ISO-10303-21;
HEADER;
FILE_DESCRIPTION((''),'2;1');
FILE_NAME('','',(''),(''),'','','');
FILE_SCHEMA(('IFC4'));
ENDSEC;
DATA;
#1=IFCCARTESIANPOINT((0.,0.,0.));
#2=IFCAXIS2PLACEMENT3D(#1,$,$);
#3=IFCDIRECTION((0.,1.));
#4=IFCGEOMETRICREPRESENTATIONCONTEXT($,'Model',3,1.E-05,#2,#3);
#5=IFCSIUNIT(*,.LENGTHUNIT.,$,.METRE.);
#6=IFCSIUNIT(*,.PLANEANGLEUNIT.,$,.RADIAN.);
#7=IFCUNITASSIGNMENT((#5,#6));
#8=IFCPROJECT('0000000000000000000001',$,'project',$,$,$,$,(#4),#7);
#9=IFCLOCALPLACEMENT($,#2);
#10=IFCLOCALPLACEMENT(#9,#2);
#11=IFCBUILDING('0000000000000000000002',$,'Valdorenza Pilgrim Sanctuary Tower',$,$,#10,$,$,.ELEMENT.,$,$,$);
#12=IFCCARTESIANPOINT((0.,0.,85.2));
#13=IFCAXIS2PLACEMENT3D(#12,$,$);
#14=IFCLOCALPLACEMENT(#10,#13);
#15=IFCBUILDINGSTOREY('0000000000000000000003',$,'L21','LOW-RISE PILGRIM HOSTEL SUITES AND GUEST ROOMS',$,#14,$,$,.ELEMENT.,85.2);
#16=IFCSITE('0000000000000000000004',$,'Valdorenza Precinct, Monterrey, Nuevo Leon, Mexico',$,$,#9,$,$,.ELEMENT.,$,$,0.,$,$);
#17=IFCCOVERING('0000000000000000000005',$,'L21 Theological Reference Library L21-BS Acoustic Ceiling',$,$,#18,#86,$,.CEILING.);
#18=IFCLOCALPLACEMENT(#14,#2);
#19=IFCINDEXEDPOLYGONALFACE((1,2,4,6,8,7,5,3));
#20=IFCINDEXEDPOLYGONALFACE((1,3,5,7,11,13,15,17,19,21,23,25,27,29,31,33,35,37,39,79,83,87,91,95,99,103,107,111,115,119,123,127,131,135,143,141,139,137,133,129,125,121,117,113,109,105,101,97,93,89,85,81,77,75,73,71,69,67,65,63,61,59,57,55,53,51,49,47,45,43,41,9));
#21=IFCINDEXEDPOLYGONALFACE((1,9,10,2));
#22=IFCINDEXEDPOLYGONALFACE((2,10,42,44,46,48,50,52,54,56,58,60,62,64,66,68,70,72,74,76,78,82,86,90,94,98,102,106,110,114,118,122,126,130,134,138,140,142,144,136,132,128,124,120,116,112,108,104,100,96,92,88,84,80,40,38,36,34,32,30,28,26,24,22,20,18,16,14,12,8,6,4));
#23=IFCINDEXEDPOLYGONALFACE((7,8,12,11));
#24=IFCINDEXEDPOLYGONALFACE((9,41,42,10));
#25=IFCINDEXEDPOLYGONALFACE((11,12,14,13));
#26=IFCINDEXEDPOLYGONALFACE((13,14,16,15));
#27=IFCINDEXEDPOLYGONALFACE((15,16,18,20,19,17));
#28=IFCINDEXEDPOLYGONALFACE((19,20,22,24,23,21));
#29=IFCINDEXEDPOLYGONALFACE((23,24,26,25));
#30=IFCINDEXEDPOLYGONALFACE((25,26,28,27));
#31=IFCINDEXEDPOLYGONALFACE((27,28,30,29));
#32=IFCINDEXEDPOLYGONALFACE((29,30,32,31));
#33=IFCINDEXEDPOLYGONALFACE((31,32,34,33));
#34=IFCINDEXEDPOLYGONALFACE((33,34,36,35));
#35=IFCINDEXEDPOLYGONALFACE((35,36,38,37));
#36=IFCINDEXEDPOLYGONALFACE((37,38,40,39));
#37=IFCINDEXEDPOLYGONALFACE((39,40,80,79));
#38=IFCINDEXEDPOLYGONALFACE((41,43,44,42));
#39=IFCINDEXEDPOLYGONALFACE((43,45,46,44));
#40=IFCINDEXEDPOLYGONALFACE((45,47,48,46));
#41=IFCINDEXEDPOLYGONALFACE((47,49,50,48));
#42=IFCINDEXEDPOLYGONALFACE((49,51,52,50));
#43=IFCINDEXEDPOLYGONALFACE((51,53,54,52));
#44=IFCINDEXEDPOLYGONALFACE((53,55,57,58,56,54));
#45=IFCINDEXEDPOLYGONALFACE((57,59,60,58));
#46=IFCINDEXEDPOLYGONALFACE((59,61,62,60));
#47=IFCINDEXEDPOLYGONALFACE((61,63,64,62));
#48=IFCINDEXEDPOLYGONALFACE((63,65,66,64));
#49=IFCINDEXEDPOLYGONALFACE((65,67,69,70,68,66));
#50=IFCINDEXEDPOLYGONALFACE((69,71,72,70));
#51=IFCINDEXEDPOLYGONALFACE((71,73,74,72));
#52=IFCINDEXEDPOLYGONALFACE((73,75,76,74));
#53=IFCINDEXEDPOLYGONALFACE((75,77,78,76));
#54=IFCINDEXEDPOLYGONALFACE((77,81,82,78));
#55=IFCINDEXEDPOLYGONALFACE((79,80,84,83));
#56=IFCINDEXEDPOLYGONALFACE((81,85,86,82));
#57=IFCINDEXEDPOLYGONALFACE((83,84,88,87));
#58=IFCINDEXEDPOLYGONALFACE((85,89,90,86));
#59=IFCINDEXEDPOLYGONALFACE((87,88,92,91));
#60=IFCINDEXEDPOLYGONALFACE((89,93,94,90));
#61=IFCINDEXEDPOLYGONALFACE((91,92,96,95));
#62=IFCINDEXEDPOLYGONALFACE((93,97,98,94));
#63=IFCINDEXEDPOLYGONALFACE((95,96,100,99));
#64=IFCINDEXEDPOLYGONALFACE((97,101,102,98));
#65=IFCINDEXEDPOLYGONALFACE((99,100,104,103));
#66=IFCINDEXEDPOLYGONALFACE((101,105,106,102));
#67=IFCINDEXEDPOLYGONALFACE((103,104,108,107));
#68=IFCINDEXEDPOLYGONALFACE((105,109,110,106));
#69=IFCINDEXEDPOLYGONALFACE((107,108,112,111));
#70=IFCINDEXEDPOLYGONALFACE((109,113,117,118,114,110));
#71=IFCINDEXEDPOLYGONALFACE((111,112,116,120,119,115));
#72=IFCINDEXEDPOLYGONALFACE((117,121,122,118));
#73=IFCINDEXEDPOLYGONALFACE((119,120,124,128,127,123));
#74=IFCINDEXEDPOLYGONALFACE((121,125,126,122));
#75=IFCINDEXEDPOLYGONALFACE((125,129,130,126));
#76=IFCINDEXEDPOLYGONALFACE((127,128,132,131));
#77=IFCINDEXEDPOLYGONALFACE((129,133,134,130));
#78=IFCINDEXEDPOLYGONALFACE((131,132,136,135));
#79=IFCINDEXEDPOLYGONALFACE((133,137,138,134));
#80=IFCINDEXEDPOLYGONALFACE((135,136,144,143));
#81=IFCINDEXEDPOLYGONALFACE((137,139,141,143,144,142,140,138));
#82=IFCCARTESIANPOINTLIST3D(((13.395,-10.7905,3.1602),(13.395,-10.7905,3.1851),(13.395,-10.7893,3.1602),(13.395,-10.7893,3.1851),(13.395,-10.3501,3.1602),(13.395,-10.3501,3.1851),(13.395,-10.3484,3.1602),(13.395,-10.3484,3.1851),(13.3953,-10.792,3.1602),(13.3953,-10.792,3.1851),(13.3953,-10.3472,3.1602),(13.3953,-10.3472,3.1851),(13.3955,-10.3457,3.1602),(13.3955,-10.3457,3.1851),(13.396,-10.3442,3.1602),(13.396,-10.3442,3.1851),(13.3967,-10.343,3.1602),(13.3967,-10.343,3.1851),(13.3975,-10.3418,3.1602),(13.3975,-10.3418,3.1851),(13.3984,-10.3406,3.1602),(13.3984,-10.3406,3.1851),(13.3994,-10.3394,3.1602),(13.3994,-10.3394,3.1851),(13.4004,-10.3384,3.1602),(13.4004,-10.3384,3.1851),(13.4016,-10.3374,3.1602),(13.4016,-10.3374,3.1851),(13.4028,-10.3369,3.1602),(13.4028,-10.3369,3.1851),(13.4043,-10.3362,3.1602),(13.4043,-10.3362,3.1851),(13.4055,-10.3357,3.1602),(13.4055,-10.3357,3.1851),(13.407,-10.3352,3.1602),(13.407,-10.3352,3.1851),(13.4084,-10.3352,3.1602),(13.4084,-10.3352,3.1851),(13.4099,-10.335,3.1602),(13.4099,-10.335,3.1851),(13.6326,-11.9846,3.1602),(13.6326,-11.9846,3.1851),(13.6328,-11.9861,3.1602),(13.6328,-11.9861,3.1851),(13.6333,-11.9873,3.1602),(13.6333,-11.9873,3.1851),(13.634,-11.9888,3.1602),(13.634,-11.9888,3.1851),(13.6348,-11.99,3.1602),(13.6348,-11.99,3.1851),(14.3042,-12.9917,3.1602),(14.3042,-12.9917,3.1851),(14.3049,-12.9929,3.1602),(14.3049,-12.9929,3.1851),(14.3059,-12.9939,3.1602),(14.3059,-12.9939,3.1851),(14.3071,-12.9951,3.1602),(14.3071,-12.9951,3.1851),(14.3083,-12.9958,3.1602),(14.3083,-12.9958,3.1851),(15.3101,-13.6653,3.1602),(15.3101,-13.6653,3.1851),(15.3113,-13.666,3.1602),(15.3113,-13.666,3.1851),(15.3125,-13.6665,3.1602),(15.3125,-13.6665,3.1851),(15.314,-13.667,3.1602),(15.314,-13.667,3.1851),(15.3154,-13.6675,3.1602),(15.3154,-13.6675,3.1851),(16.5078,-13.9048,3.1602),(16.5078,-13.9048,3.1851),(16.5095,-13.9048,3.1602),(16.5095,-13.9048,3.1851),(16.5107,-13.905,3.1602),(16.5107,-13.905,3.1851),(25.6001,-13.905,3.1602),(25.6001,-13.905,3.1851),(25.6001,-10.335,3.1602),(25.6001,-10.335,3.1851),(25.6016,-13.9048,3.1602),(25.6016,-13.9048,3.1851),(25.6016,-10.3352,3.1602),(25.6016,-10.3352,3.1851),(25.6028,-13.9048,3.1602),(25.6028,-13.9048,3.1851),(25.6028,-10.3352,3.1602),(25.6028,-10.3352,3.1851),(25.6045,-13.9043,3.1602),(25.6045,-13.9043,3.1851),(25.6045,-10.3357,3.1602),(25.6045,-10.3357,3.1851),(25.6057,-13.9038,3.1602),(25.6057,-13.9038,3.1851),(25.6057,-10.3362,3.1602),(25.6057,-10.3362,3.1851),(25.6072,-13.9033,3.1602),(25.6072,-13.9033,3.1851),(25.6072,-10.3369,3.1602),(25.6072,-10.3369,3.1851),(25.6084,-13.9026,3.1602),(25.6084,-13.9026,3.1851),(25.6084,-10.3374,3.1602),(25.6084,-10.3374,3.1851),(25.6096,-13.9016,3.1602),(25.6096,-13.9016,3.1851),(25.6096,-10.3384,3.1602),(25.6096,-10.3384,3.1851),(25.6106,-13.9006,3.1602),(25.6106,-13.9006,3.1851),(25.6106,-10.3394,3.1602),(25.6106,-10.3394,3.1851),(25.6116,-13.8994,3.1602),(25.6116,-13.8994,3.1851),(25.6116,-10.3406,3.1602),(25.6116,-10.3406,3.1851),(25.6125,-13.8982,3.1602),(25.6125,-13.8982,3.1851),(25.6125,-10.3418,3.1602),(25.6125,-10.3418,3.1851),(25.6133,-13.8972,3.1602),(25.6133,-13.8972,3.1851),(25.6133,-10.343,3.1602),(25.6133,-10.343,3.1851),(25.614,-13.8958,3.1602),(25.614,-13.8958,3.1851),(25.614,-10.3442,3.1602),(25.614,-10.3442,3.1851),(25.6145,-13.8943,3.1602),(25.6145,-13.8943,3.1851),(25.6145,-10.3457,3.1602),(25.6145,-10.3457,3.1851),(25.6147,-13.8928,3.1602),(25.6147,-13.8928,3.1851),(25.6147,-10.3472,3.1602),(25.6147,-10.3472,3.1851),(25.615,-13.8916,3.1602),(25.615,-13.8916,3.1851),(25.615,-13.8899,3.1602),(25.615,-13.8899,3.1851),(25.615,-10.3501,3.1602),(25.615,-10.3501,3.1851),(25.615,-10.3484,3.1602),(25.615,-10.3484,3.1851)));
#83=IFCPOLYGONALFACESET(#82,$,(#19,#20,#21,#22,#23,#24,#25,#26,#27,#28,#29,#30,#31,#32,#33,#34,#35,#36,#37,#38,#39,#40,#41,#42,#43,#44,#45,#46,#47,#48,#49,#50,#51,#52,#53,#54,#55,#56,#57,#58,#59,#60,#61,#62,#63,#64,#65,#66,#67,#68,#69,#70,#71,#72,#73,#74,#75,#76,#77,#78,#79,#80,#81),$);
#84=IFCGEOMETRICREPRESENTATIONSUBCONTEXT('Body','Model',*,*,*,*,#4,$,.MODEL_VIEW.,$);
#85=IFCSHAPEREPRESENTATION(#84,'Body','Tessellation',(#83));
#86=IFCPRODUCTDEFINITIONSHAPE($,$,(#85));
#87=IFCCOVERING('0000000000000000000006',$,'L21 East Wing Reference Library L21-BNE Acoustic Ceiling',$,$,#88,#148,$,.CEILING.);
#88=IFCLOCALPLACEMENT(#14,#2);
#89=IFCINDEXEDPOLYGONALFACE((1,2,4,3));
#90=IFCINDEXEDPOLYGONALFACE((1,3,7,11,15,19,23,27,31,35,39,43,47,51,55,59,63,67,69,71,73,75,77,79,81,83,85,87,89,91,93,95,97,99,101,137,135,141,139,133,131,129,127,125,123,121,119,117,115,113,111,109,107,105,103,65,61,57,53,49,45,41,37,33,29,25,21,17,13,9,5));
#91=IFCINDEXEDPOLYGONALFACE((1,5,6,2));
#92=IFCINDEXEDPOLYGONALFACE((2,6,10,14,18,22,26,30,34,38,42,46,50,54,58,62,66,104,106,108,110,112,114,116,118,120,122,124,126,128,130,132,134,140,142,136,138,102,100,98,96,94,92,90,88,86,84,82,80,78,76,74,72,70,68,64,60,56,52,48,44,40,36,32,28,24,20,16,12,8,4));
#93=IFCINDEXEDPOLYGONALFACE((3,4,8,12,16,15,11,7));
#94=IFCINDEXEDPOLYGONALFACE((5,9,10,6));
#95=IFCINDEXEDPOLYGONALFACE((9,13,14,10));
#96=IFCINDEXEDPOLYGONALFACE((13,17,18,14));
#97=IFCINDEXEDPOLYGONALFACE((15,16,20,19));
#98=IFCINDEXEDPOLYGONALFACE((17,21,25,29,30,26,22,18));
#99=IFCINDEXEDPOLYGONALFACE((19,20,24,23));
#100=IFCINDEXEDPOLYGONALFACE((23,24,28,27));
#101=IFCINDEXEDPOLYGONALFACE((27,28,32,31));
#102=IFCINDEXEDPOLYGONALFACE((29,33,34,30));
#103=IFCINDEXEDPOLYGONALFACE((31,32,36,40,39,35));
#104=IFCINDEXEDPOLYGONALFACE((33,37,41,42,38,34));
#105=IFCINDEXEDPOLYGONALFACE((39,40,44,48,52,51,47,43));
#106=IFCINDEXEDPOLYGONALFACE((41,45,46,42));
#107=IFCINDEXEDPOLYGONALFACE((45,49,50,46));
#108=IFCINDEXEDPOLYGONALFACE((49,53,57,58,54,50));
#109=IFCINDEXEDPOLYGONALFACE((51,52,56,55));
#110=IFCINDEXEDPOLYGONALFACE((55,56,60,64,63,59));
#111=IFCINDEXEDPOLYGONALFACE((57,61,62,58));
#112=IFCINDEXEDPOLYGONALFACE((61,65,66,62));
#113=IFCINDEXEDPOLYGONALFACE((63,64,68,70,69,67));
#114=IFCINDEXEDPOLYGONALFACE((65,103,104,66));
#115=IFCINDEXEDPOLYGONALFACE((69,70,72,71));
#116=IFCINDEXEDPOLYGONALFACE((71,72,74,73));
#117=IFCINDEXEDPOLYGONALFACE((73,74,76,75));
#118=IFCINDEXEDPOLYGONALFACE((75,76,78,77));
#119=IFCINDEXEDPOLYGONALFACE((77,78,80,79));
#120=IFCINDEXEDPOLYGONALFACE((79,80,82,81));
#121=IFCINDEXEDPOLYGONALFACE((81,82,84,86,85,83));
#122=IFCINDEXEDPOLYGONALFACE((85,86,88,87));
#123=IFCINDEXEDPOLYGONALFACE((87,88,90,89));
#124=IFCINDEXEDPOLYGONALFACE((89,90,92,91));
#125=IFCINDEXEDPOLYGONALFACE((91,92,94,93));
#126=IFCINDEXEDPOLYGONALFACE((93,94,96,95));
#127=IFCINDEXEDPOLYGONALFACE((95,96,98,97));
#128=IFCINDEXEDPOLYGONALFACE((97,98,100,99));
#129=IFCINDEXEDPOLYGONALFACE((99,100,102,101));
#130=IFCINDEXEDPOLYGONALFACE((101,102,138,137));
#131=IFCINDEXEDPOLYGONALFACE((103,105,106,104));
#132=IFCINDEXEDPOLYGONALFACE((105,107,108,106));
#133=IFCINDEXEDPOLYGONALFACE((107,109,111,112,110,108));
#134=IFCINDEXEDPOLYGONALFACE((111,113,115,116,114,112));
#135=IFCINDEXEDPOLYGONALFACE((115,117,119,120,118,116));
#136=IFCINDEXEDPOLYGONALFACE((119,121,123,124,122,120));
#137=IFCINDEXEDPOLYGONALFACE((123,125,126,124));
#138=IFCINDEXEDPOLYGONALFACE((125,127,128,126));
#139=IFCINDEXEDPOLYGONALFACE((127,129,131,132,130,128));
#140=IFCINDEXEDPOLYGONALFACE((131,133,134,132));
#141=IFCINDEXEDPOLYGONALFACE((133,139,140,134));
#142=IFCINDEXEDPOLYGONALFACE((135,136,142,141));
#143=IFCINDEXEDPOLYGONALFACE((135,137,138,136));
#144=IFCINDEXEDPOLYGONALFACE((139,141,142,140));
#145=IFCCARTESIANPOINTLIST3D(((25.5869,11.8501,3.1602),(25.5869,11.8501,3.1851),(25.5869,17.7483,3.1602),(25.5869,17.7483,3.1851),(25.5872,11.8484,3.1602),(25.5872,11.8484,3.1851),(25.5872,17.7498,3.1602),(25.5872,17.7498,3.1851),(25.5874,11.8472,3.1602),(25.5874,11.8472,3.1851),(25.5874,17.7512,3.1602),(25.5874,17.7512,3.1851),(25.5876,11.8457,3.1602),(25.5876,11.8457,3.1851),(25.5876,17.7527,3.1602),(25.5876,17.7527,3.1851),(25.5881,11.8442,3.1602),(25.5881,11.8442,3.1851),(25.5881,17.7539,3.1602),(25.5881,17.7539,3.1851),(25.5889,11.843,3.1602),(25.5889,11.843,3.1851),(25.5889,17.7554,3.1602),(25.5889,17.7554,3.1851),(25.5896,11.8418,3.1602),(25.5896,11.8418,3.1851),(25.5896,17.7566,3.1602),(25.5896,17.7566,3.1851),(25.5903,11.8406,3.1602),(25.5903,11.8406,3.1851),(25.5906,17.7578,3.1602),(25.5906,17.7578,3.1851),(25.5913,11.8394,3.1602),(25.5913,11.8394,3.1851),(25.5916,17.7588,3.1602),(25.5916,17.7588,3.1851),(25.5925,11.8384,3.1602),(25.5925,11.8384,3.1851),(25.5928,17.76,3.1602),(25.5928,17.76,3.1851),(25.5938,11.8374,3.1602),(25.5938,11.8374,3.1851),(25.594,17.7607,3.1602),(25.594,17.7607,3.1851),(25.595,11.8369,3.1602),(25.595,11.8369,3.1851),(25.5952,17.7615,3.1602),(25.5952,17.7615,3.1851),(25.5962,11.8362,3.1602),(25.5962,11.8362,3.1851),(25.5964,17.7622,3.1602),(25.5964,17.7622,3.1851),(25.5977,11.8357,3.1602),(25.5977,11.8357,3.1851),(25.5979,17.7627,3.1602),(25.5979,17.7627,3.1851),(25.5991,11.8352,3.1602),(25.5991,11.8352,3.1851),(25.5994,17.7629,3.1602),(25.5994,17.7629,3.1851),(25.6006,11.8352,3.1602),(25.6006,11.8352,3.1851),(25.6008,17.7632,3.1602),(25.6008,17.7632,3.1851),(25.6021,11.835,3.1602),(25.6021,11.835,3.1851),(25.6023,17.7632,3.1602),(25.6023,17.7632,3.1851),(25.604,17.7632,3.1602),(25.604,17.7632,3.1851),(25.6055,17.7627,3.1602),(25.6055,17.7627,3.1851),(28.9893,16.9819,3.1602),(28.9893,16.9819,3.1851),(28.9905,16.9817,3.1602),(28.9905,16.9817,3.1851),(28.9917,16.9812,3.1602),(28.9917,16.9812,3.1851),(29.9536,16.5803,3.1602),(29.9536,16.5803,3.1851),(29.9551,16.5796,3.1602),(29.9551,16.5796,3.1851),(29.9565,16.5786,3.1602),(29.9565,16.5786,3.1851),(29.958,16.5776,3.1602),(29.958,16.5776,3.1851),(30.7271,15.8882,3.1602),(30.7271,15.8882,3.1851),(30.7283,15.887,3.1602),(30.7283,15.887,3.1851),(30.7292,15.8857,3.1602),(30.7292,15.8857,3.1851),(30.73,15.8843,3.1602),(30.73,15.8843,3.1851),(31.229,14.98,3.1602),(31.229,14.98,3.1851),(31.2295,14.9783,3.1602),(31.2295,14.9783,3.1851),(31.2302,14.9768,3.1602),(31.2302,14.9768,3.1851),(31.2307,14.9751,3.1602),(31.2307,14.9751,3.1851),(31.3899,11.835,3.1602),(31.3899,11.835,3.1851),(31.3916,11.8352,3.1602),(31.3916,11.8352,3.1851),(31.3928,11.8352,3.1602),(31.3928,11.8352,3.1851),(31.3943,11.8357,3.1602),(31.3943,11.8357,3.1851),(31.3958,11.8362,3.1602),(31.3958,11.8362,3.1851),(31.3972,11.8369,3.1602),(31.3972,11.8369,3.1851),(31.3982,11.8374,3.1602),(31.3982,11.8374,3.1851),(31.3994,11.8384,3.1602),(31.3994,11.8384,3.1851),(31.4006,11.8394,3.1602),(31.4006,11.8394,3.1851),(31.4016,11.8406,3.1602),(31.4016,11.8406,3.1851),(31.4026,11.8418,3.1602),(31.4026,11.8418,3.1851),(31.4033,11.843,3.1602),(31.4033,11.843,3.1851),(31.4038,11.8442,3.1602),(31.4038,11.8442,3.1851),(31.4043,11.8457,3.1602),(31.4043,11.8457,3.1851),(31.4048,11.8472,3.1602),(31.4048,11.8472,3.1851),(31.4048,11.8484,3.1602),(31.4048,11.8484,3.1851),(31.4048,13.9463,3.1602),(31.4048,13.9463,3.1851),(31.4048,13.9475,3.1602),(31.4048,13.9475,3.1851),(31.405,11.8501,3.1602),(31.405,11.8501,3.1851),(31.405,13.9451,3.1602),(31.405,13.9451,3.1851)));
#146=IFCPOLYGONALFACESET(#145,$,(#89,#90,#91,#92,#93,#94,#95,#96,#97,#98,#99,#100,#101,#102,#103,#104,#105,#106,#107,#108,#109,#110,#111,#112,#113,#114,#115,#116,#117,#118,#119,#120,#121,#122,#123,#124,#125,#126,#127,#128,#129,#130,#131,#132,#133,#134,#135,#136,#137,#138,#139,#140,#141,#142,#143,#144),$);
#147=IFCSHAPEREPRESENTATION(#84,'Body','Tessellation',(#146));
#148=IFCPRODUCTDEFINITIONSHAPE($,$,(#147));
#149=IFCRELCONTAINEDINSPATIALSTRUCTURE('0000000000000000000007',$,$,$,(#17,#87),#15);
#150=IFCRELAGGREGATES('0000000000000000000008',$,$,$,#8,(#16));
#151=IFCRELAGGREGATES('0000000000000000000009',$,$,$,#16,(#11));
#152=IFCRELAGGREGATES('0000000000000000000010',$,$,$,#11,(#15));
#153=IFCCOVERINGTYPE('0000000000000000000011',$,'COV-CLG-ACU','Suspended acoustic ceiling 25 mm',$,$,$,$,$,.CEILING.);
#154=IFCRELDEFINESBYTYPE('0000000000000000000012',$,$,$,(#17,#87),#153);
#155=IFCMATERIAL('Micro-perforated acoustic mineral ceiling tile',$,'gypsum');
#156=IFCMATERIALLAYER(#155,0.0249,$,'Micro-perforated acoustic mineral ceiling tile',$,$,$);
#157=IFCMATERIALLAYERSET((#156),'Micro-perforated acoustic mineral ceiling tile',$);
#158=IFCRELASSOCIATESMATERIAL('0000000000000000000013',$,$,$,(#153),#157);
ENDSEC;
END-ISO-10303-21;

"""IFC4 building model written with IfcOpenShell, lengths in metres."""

from ifc_helpers import new_model, si_unit, direction, frame, origin, place, context, subcontext, project, spatial, polyline, outline, extrude, material, layer, layer_set, type_object, element, save


model = new_model("IFC4")

# Units and contexts
model_context = context("Model", 3, precision=1e-05, world=origin(), true_north=direction((0.0, 1.0)))
body_context = subcontext(model_context, "Body", "Model", "MODEL_VIEW")
ifc_project = project(units=[si_unit("LENGTHUNIT", "METRE"), si_unit("PLANEANGLEUNIT", "RADIAN")], contexts=[model_context])

# Site, building, storey
site_placement = place(None, origin())
site = spatial("IfcSite", under=ifc_project, at=site_placement, Name="Valdorenza Precinct, Monterrey, Nuevo Leon, Mexico", CompositionType="ELEMENT", RefElevation=0.0)
building_placement = place(site_placement, origin())
building = spatial("IfcBuilding", under=site, at=building_placement, Name="Valdorenza Pilgrim Sanctuary Tower", CompositionType="ELEMENT")
storey_placement = place(building_placement, frame((0.0, 0.0, 85.2)))
storey = spatial("IfcBuildingStorey", under=building, at=storey_placement, Name="L21", Description="LOW-RISE PILGRIM HOSTEL SUITES AND GUEST ROOMS", CompositionType="ELEMENT", Elevation=85.2)

# Coverings
ifc_material_1 = material(Name="Micro-perforated acoustic mineral ceiling tile", Category="gypsum")
ifc_layer_1 = layer(ifc_material_1, 0.0249, Name="Micro-perforated acoustic mineral ceiling tile")
ifc_layer_set_1 = layer_set([ifc_layer_1], Name="Micro-perforated acoustic mineral ceiling tile")
covering_type_1 = type_object("IfcCoveringType", Name="COV-CLG-ACU", Description="Suspended acoustic ceiling 25 mm", PredefinedType="CEILING", material=ifc_layer_set_1)
covering_1_placement = place(storey_placement, frame((0.0, 0.0, 3.1602)))
element("IfcCovering", 1, at=covering_1_placement, inside=storey, type_object=covering_type_1, Name="L21 Theological Reference Library L21-BS Acoustic Ceiling", PredefinedType="CEILING", context=body_context, shape_type="SweptSolid", body=[
    extrude(outline(polyline([(25.615, -13.8899), (25.615, -13.8916), (25.6147, -13.8928), (25.6145, -13.8943), (25.614, -13.8958), (25.6133, -13.8972), (25.6125, -13.8982), (25.6116, -13.8994), (25.6106, -13.9006), (25.6096, -13.9016), (25.6084, -13.9026), (25.6072, -13.9033), (25.6057, -13.9038), (25.6045, -13.9043), (25.6028, -13.9048), (25.6016, -13.9048), (25.6001, -13.905), (16.5107, -13.905), (16.5095, -13.9048), (16.5078, -13.9048), (15.3154, -13.6675), (15.314, -13.667), (15.3125, -13.6665), (15.3113, -13.666), (15.3101, -13.6653), (14.3083, -12.9958), (14.3071, -12.9951), (14.3059, -12.9939), (14.3049, -12.9929), (14.3042, -12.9917), (13.6348, -11.99), (13.634, -11.9888), (13.6333, -11.9873), (13.6328, -11.9861), (13.6326, -11.9846), (13.3953, -10.792), (13.395, -10.7905), (13.395, -10.7893), (13.395, -10.3501), (13.395, -10.3484), (13.3953, -10.3472), (13.3955, -10.3457), (13.396, -10.3442), (13.3967, -10.343), (13.3975, -10.3418), (13.3984, -10.3406), (13.3994, -10.3394), (13.4004, -10.3384), (13.4016, -10.3374), (13.4028, -10.3369), (13.4043, -10.3362), (13.4055, -10.3357), (13.407, -10.3352), (13.4084, -10.3352), (13.4099, -10.335), (25.6001, -10.335), (25.6016, -10.3352), (25.6028, -10.3352), (25.6045, -10.3357), (25.6057, -10.3362), (25.6072, -10.3369), (25.6084, -10.3374), (25.6096, -10.3384), (25.6106, -10.3394), (25.6116, -10.3406), (25.6125, -10.3418), (25.6133, -10.343), (25.614, -10.3442), (25.6145, -10.3457), (25.6147, -10.3472), (25.615, -10.3484), (25.615, -10.3501), (25.615, -13.8899)])), origin(), (0.0, 0.0, 1.0), 0.0249),
])
covering_2_placement = place(storey_placement, frame((0.0, 0.0, 3.1602)))
element("IfcCovering", 2, at=covering_2_placement, inside=storey, type_object=covering_type_1, Name="L21 East Wing Reference Library L21-BNE Acoustic Ceiling", PredefinedType="CEILING", context=body_context, shape_type="SweptSolid", body=[
    extrude(outline(polyline([(28.9893, 16.9819), (28.9905, 16.9817), (28.9917, 16.9812), (29.9536, 16.5803), (29.9551, 16.5796), (29.9565, 16.5786), (29.958, 16.5776), (30.7271, 15.8882), (30.7283, 15.887), (30.7292, 15.8857), (30.73, 15.8843), (31.229, 14.98), (31.2295, 14.9783), (31.2302, 14.9768), (31.2307, 14.9751), (31.4048, 13.9475), (31.4048, 13.9463), (31.405, 13.9451), (31.405, 11.8501), (31.4048, 11.8484), (31.4048, 11.8472), (31.4043, 11.8457), (31.4038, 11.8442), (31.4033, 11.843), (31.4026, 11.8418), (31.4016, 11.8406), (31.4006, 11.8394), (31.3994, 11.8384), (31.3982, 11.8374), (31.3972, 11.8369), (31.3958, 11.8362), (31.3943, 11.8357), (31.3928, 11.8352), (31.3916, 11.8352), (31.3899, 11.835), (25.6021, 11.835), (25.6006, 11.8352), (25.5991, 11.8352), (25.5977, 11.8357), (25.5962, 11.8362), (25.595, 11.8369), (25.5938, 11.8374), (25.5925, 11.8384), (25.5913, 11.8394), (25.5903, 11.8406), (25.5896, 11.8418), (25.5889, 11.843), (25.5881, 11.8442), (25.5876, 11.8457), (25.5874, 11.8472), (25.5872, 11.8484), (25.5869, 11.8501), (25.5869, 17.7483), (25.5872, 17.7498), (25.5874, 17.7512), (25.5876, 17.7527), (25.5881, 17.7539), (25.5889, 17.7554), (25.5896, 17.7566), (25.5906, 17.7578), (25.5916, 17.7588), (25.5928, 17.76), (25.594, 17.7607), (25.5952, 17.7615), (25.5964, 17.7622), (25.5979, 17.7627), (25.5994, 17.7629), (25.6008, 17.7632), (25.6023, 17.7632), (25.604, 17.7632), (25.6055, 17.7627), (28.9893, 16.9819)])), origin(), (0.0, 0.0, 1.0), 0.0249),
])

save(model, "model.ifc")
